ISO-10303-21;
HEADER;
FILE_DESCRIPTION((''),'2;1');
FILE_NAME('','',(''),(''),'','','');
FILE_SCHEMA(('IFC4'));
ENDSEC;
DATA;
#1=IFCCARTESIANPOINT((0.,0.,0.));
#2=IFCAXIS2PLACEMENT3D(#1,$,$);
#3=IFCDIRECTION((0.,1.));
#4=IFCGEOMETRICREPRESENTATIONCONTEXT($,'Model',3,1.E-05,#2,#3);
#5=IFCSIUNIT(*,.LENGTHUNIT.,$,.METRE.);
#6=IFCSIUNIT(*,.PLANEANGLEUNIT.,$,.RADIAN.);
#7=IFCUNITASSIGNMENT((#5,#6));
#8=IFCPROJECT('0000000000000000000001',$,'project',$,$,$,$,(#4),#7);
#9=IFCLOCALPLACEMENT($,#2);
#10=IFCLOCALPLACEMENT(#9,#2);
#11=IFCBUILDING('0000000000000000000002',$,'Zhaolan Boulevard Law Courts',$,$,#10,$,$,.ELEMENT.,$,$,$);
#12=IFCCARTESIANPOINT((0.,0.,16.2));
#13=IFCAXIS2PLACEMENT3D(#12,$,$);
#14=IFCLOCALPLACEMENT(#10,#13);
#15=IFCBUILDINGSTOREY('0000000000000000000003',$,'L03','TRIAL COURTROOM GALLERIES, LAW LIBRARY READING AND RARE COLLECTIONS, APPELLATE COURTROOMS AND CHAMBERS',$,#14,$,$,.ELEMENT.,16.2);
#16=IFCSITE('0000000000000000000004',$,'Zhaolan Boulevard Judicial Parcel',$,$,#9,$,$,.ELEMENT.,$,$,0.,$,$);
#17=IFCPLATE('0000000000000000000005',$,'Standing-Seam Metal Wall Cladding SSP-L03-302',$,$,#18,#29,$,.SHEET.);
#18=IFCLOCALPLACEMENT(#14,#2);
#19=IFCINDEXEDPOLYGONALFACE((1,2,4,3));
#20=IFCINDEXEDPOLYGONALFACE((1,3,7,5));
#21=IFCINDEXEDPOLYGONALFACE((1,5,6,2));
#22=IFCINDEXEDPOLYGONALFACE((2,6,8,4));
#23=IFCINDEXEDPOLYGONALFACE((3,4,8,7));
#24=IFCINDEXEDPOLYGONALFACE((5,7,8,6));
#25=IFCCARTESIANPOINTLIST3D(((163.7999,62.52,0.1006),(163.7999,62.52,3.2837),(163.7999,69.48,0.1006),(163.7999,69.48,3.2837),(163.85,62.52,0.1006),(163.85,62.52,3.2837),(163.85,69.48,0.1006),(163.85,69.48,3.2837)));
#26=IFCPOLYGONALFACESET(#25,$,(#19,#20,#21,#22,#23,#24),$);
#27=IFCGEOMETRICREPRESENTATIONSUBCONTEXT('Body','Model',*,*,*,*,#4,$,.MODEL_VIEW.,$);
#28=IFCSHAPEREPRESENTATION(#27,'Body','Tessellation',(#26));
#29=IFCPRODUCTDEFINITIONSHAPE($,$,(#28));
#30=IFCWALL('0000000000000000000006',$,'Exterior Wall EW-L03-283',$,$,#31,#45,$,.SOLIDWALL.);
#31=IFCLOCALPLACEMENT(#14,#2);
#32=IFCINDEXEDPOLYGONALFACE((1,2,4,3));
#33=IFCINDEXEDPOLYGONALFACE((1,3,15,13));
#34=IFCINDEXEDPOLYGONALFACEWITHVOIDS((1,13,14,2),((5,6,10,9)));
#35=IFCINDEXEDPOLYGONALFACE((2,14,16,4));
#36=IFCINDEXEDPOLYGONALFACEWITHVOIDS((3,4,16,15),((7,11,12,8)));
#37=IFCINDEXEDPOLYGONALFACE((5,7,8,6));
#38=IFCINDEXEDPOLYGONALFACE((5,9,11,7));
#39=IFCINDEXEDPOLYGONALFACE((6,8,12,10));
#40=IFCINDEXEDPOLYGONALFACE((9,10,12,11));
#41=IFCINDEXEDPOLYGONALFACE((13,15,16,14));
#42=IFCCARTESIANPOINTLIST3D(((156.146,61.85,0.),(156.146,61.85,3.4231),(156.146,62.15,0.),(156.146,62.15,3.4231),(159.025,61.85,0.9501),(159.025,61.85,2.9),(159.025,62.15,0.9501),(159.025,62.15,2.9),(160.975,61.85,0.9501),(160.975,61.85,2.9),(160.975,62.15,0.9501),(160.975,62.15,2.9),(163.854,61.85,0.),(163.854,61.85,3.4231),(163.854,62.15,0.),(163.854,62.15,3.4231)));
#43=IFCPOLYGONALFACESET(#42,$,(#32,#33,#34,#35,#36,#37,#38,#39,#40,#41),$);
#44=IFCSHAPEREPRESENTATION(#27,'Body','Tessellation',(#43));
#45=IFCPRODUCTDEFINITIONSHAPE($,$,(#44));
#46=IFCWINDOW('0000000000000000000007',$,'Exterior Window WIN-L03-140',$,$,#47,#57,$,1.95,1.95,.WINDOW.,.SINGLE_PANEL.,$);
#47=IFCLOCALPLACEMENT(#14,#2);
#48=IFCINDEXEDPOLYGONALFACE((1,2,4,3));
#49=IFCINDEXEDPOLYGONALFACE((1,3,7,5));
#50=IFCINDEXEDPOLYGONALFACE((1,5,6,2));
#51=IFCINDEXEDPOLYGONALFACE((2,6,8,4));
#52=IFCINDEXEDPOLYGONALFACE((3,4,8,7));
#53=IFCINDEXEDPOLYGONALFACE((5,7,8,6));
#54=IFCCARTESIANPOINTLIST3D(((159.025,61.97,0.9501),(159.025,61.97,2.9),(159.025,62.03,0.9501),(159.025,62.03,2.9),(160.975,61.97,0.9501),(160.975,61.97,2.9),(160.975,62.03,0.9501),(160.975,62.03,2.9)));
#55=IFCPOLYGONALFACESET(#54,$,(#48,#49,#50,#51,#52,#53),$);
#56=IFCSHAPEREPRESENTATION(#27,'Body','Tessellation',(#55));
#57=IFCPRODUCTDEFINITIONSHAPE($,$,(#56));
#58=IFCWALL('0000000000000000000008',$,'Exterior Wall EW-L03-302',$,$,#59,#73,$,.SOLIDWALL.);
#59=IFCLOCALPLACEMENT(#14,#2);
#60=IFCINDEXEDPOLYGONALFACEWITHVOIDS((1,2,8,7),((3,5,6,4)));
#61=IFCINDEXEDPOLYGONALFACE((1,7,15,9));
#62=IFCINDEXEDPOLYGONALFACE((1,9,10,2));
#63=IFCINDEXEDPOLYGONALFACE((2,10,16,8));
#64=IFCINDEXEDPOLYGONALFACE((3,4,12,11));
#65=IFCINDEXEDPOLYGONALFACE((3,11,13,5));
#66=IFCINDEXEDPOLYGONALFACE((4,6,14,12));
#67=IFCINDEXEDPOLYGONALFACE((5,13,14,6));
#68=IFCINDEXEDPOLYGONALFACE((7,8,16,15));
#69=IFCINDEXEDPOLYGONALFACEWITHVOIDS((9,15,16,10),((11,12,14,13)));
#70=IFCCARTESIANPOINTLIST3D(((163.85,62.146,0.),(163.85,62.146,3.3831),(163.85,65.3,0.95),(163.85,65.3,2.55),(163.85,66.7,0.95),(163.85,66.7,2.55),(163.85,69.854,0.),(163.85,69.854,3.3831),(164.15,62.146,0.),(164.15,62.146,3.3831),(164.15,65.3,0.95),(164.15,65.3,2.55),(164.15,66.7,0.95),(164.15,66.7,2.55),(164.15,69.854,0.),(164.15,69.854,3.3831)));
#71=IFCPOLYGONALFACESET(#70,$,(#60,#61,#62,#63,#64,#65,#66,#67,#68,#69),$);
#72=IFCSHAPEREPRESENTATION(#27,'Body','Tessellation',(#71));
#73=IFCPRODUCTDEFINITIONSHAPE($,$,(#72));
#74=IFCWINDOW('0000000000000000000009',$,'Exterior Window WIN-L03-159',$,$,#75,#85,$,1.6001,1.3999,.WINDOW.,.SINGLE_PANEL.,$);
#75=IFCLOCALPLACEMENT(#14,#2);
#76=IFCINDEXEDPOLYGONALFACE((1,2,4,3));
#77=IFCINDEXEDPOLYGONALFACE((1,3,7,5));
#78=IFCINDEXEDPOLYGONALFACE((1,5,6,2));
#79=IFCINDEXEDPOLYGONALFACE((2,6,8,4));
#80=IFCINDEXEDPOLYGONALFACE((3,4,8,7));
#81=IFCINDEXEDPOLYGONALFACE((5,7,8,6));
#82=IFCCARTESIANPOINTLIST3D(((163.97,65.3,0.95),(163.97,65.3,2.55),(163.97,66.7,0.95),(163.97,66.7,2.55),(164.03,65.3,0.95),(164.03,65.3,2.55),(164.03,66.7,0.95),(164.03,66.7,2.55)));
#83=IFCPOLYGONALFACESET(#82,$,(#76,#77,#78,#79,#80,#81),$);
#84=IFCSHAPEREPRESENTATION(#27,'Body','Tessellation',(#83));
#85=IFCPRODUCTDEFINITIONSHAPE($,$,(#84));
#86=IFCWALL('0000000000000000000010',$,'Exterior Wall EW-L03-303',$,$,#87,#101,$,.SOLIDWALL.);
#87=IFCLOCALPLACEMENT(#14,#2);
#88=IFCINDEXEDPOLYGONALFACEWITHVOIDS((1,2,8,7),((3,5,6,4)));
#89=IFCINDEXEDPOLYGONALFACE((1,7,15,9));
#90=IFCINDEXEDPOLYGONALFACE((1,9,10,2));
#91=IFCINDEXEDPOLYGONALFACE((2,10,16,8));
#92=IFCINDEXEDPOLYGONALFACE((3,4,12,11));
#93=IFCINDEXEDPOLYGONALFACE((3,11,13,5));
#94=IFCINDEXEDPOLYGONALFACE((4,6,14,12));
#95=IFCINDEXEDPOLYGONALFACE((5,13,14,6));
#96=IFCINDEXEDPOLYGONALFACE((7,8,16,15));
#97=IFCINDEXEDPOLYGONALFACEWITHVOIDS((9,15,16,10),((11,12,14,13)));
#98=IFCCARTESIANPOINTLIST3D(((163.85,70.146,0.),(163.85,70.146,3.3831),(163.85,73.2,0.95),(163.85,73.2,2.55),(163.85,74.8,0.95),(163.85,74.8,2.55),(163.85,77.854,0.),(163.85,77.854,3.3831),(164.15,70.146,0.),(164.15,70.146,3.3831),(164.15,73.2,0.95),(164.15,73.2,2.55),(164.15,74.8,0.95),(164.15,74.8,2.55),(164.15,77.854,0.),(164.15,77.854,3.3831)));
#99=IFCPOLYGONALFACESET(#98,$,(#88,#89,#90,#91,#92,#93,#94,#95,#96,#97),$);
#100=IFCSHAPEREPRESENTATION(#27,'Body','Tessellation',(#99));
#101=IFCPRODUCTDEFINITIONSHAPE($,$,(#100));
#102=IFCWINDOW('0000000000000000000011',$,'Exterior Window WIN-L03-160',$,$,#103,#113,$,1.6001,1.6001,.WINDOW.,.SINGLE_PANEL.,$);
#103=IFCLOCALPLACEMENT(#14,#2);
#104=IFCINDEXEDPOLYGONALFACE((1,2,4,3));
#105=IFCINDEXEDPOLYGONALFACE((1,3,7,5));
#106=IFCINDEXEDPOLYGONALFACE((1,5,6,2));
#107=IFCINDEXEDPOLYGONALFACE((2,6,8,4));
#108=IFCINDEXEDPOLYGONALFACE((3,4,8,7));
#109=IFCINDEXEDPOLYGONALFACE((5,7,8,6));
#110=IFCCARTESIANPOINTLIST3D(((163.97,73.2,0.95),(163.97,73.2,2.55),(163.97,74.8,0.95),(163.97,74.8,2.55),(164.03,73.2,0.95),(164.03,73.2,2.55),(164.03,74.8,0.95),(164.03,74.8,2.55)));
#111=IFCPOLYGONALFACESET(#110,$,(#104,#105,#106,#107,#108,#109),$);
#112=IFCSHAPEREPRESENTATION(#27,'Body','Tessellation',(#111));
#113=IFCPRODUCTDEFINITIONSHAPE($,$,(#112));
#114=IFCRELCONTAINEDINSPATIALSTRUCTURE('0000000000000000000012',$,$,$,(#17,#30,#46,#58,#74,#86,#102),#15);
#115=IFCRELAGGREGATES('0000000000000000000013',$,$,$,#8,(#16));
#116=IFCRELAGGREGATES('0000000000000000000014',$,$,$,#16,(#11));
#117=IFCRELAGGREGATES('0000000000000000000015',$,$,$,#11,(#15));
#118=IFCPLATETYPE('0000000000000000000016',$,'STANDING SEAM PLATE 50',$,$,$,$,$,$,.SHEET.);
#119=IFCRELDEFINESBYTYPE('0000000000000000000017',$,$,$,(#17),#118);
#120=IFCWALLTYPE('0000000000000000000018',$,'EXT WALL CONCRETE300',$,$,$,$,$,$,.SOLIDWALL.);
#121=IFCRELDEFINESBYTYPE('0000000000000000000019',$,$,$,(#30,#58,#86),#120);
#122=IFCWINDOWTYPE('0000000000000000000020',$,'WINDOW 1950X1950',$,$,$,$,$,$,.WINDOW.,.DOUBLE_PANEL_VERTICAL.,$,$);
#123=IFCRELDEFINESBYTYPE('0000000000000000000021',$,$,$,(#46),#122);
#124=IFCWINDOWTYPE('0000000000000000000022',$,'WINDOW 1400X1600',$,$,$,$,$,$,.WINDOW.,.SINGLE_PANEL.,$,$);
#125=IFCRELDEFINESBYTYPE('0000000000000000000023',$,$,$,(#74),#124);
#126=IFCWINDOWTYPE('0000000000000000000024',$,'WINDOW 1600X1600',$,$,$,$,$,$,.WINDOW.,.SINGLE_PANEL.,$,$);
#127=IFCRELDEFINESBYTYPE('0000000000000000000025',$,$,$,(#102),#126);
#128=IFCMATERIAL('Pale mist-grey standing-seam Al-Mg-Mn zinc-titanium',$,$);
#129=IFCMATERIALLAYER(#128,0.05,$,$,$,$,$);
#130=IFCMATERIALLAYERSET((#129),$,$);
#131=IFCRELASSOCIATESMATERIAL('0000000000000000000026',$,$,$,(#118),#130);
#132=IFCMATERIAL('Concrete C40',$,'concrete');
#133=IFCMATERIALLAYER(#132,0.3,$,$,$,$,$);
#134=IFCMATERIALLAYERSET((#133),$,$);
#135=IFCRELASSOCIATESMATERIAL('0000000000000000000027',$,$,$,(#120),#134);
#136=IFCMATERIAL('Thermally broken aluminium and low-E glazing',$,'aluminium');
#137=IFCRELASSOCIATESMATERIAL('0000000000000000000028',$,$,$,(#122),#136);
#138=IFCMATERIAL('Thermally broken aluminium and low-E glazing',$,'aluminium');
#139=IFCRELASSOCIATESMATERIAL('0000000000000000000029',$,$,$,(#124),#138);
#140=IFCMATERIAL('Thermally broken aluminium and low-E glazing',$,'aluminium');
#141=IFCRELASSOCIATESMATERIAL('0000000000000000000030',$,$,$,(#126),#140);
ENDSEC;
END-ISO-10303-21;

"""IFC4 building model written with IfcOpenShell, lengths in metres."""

from ifc_helpers import new_model, si_unit, direction, frame, frame_2d, origin, origin_2d, place, context, subcontext, project, spatial, rectangle, extrude, material, layer, layer_set, type_object, element, fill, save


model = new_model("IFC4")

# Units and contexts
model_context = context("Model", 3, precision=1e-05, world=origin(), true_north=direction((0.0, 1.0)))
body_context = subcontext(model_context, "Body", "Model", "MODEL_VIEW")
ifc_project = project(units=[si_unit("LENGTHUNIT", "METRE"), si_unit("PLANEANGLEUNIT", "RADIAN")], contexts=[model_context])

# Site, building, storey
site_placement = place(None, origin())
site = spatial("IfcSite", under=ifc_project, at=site_placement, Name="Zhaolan Boulevard Judicial Parcel", CompositionType="ELEMENT", RefElevation=0.0)
building_placement = place(site_placement, origin())
building = spatial("IfcBuilding", under=site, at=building_placement, Name="Zhaolan Boulevard Law Courts", CompositionType="ELEMENT")
storey_placement = place(building_placement, frame((0.0, 0.0, 16.2)))
storey = spatial("IfcBuildingStorey", under=building, at=storey_placement, Name="L03", Description="TRIAL COURTROOM GALLERIES, LAW LIBRARY READING AND RARE COLLECTIONS, APPELLATE COURTROOMS AND CHAMBERS", CompositionType="ELEMENT", Elevation=16.2)

# Plate
ifc_material_1 = material(Name="Pale mist-grey standing-seam Al-Mg-Mn zinc-titanium")
ifc_layer_1 = layer(ifc_material_1, 0.05)
ifc_layer_set_1 = layer_set([ifc_layer_1])
plate_type_1 = type_object("IfcPlateType", Name="STANDING SEAM PLATE 50", PredefinedType="SHEET", material=ifc_layer_set_1)
plate_placement = place(storey_placement, frame((163.825, 66.0, 0.1006), z_axis=(0.0, 0.0, 1.0), x_axis=(0.0, 1.0, 0.0)))
element("IfcPlate", 1, at=plate_placement, inside=storey, type_object=plate_type_1, Name="Standing-Seam Metal Wall Cladding SSP-L03-302", PredefinedType="SHEET", context=body_context, shape_type="SweptSolid", body=[
    extrude(rectangle(XDim=6.96, YDim=0.05, at=origin_2d()), origin(), (0.0, 0.0, 1.0), 3.1831),
])

# Walls, openings, windows
ifc_material_2 = material(Name="Concrete C40", Category="concrete")
ifc_layer_2 = layer(ifc_material_2, 0.3)
ifc_layer_set_2 = layer_set([ifc_layer_2])
wall_type = type_object("IfcWallType", Name="EXT WALL CONCRETE300", PredefinedType="SOLIDWALL", material=ifc_layer_set_2)
wall_1_placement = place(storey_placement, frame((156.146, 62.0, 0.0), z_axis=(0.0, 0.0, 1.0), x_axis=(1.0, 0.0, 0.0)))
wall_1 = element("IfcWall", 2, at=wall_1_placement, inside=storey, type_object=wall_type, Name="Exterior Wall EW-L03-283", PredefinedType="SOLIDWALL", context=body_context, shape_type="SweptSolid", body=[
    extrude(rectangle(XDim=7.708, YDim=0.3, at=frame_2d((3.854, 0.0))), origin(), (0.0, 0.0, 1.0), 3.4231),
])
opening_1_placement = place(wall_1_placement, frame((2.8789, 0.0, 0.95)))
opening_1 = element("IfcOpeningElement", 3, at=opening_1_placement, cuts=wall_1, PredefinedType="OPENING", context=body_context, shape_type="SweptSolid", body=[
    extrude(rectangle(XDim=1.95, YDim=1.95, at=frame_2d((0.9751, 0.9751))), frame((0.0, 0.1599, 0.0), z_axis=(0.0, -1.0, 0.0), x_axis=(1.0, 0.0, 0.0)), (0.0, 0.0, 1.0), 0.3201),
])
ifc_material_3 = material(Name="Thermally broken aluminium and low-E glazing", Category="aluminium")
window_type_1 = type_object("IfcWindowType", Name="WINDOW 1950X1950", PartitioningType="DOUBLE_PANEL_VERTICAL", PredefinedType="WINDOW", material=ifc_material_3)
window_1_placement = place(opening_1_placement, origin())
window_1 = element("IfcWindow", 4, at=window_1_placement, inside=storey, type_object=window_type_1, Name="Exterior Window WIN-L03-140", OverallHeight=1.95, OverallWidth=1.95, PartitioningType="SINGLE_PANEL", PredefinedType="WINDOW", context=body_context, shape_type="SweptSolid", body=[
    extrude(rectangle(XDim=1.95, YDim=1.95, at=frame_2d((0.9751, 0.9751))), frame((0.0, 0.03, 0.0), z_axis=(0.0, -1.0, 0.0), x_axis=(1.0, 0.0, 0.0)), (0.0, 0.0, 1.0), 0.0601),
])
fill(opening_1, window_1)
wall_2_placement = place(storey_placement, frame((164.0, 62.146, 0.0), z_axis=(0.0, 0.0, 1.0), x_axis=(0.0, 1.0, 0.0)))
wall_2 = element("IfcWall", 5, at=wall_2_placement, inside=storey, type_object=wall_type, Name="Exterior Wall EW-L03-302", PredefinedType="SOLIDWALL", context=body_context, shape_type="SweptSolid", body=[
    extrude(rectangle(XDim=7.708, YDim=0.3, at=frame_2d((3.854, 0.0))), origin(), (0.0, 0.0, 1.0), 3.3831),
])
opening_2_placement = place(wall_2_placement, frame((3.1541, 0.0, 0.95)))
opening_2 = element("IfcOpeningElement", 6, at=opening_2_placement, cuts=wall_2, PredefinedType="OPENING", context=body_context, shape_type="SweptSolid", body=[
    extrude(rectangle(XDim=1.3999, YDim=1.6001, at=frame_2d((0.7, 0.8))), frame((0.0, 0.1599, 0.0), z_axis=(0.0, -1.0, 0.0), x_axis=(1.0, 0.0, 0.0)), (0.0, 0.0, 1.0), 0.3201),
])
ifc_material_4 = material(Name="Thermally broken aluminium and low-E glazing", Category="aluminium")
window_type_2 = type_object("IfcWindowType", Name="WINDOW 1400X1600", PartitioningType="SINGLE_PANEL", PredefinedType="WINDOW", material=ifc_material_4)
window_2_placement = place(opening_2_placement, origin())
window_2 = element("IfcWindow", 7, at=window_2_placement, inside=storey, type_object=window_type_2, Name="Exterior Window WIN-L03-159", OverallHeight=1.6001, OverallWidth=1.3999, PartitioningType="SINGLE_PANEL", PredefinedType="WINDOW", context=body_context, shape_type="SweptSolid", body=[
    extrude(rectangle(XDim=1.3999, YDim=1.6001, at=frame_2d((0.7, 0.8))), frame((0.0, 0.03, 0.0), z_axis=(0.0, -1.0, 0.0), x_axis=(1.0, 0.0, 0.0)), (0.0, 0.0, 1.0), 0.0601),
])
fill(opening_2, window_2)
wall_3_placement = place(storey_placement, frame((164.0, 70.146, 0.0), z_axis=(0.0, 0.0, 1.0), x_axis=(0.0, 1.0, 0.0)))
wall_3 = element("IfcWall", 8, at=wall_3_placement, inside=storey, type_object=wall_type, Name="Exterior Wall EW-L03-303", PredefinedType="SOLIDWALL", context=body_context, shape_type="SweptSolid", body=[
    extrude(rectangle(XDim=7.708, YDim=0.3, at=frame_2d((3.854, 0.0))), origin(), (0.0, 0.0, 1.0), 3.3831),
])
opening_3_placement = place(wall_3_placement, frame((3.054, 0.0, 0.95)))
opening_3 = element("IfcOpeningElement", 9, at=opening_3_placement, cuts=wall_3, PredefinedType="OPENING", context=body_context, shape_type="SweptSolid", body=[
    extrude(rectangle(XDim=1.6001, YDim=1.6001, at=frame_2d((0.8, 0.8))), frame((0.0, 0.1599, 0.0), z_axis=(0.0, -1.0, 0.0), x_axis=(1.0, 0.0, 0.0)), (0.0, 0.0, 1.0), 0.3201),
])
ifc_material_5 = material(Name="Thermally broken aluminium and low-E glazing", Category="aluminium")
window_type_3 = type_object("IfcWindowType", Name="WINDOW 1600X1600", PartitioningType="SINGLE_PANEL", PredefinedType="WINDOW", material=ifc_material_5)
window_3_placement = place(opening_3_placement, origin())
window_3 = element("IfcWindow", 10, at=window_3_placement, inside=storey, type_object=window_type_3, Name="Exterior Window WIN-L03-160", OverallHeight=1.6001, OverallWidth=1.6001, PartitioningType="SINGLE_PANEL", PredefinedType="WINDOW", context=body_context, shape_type="SweptSolid", body=[
    extrude(rectangle(XDim=1.6001, YDim=1.6001, at=frame_2d((0.8, 0.8))), frame((0.0, 0.03, 0.0), z_axis=(0.0, -1.0, 0.0), x_axis=(1.0, 0.0, 0.0)), (0.0, 0.0, 1.0), 0.0601),
])
fill(opening_3, window_3)

save(model, "model.ifc")
